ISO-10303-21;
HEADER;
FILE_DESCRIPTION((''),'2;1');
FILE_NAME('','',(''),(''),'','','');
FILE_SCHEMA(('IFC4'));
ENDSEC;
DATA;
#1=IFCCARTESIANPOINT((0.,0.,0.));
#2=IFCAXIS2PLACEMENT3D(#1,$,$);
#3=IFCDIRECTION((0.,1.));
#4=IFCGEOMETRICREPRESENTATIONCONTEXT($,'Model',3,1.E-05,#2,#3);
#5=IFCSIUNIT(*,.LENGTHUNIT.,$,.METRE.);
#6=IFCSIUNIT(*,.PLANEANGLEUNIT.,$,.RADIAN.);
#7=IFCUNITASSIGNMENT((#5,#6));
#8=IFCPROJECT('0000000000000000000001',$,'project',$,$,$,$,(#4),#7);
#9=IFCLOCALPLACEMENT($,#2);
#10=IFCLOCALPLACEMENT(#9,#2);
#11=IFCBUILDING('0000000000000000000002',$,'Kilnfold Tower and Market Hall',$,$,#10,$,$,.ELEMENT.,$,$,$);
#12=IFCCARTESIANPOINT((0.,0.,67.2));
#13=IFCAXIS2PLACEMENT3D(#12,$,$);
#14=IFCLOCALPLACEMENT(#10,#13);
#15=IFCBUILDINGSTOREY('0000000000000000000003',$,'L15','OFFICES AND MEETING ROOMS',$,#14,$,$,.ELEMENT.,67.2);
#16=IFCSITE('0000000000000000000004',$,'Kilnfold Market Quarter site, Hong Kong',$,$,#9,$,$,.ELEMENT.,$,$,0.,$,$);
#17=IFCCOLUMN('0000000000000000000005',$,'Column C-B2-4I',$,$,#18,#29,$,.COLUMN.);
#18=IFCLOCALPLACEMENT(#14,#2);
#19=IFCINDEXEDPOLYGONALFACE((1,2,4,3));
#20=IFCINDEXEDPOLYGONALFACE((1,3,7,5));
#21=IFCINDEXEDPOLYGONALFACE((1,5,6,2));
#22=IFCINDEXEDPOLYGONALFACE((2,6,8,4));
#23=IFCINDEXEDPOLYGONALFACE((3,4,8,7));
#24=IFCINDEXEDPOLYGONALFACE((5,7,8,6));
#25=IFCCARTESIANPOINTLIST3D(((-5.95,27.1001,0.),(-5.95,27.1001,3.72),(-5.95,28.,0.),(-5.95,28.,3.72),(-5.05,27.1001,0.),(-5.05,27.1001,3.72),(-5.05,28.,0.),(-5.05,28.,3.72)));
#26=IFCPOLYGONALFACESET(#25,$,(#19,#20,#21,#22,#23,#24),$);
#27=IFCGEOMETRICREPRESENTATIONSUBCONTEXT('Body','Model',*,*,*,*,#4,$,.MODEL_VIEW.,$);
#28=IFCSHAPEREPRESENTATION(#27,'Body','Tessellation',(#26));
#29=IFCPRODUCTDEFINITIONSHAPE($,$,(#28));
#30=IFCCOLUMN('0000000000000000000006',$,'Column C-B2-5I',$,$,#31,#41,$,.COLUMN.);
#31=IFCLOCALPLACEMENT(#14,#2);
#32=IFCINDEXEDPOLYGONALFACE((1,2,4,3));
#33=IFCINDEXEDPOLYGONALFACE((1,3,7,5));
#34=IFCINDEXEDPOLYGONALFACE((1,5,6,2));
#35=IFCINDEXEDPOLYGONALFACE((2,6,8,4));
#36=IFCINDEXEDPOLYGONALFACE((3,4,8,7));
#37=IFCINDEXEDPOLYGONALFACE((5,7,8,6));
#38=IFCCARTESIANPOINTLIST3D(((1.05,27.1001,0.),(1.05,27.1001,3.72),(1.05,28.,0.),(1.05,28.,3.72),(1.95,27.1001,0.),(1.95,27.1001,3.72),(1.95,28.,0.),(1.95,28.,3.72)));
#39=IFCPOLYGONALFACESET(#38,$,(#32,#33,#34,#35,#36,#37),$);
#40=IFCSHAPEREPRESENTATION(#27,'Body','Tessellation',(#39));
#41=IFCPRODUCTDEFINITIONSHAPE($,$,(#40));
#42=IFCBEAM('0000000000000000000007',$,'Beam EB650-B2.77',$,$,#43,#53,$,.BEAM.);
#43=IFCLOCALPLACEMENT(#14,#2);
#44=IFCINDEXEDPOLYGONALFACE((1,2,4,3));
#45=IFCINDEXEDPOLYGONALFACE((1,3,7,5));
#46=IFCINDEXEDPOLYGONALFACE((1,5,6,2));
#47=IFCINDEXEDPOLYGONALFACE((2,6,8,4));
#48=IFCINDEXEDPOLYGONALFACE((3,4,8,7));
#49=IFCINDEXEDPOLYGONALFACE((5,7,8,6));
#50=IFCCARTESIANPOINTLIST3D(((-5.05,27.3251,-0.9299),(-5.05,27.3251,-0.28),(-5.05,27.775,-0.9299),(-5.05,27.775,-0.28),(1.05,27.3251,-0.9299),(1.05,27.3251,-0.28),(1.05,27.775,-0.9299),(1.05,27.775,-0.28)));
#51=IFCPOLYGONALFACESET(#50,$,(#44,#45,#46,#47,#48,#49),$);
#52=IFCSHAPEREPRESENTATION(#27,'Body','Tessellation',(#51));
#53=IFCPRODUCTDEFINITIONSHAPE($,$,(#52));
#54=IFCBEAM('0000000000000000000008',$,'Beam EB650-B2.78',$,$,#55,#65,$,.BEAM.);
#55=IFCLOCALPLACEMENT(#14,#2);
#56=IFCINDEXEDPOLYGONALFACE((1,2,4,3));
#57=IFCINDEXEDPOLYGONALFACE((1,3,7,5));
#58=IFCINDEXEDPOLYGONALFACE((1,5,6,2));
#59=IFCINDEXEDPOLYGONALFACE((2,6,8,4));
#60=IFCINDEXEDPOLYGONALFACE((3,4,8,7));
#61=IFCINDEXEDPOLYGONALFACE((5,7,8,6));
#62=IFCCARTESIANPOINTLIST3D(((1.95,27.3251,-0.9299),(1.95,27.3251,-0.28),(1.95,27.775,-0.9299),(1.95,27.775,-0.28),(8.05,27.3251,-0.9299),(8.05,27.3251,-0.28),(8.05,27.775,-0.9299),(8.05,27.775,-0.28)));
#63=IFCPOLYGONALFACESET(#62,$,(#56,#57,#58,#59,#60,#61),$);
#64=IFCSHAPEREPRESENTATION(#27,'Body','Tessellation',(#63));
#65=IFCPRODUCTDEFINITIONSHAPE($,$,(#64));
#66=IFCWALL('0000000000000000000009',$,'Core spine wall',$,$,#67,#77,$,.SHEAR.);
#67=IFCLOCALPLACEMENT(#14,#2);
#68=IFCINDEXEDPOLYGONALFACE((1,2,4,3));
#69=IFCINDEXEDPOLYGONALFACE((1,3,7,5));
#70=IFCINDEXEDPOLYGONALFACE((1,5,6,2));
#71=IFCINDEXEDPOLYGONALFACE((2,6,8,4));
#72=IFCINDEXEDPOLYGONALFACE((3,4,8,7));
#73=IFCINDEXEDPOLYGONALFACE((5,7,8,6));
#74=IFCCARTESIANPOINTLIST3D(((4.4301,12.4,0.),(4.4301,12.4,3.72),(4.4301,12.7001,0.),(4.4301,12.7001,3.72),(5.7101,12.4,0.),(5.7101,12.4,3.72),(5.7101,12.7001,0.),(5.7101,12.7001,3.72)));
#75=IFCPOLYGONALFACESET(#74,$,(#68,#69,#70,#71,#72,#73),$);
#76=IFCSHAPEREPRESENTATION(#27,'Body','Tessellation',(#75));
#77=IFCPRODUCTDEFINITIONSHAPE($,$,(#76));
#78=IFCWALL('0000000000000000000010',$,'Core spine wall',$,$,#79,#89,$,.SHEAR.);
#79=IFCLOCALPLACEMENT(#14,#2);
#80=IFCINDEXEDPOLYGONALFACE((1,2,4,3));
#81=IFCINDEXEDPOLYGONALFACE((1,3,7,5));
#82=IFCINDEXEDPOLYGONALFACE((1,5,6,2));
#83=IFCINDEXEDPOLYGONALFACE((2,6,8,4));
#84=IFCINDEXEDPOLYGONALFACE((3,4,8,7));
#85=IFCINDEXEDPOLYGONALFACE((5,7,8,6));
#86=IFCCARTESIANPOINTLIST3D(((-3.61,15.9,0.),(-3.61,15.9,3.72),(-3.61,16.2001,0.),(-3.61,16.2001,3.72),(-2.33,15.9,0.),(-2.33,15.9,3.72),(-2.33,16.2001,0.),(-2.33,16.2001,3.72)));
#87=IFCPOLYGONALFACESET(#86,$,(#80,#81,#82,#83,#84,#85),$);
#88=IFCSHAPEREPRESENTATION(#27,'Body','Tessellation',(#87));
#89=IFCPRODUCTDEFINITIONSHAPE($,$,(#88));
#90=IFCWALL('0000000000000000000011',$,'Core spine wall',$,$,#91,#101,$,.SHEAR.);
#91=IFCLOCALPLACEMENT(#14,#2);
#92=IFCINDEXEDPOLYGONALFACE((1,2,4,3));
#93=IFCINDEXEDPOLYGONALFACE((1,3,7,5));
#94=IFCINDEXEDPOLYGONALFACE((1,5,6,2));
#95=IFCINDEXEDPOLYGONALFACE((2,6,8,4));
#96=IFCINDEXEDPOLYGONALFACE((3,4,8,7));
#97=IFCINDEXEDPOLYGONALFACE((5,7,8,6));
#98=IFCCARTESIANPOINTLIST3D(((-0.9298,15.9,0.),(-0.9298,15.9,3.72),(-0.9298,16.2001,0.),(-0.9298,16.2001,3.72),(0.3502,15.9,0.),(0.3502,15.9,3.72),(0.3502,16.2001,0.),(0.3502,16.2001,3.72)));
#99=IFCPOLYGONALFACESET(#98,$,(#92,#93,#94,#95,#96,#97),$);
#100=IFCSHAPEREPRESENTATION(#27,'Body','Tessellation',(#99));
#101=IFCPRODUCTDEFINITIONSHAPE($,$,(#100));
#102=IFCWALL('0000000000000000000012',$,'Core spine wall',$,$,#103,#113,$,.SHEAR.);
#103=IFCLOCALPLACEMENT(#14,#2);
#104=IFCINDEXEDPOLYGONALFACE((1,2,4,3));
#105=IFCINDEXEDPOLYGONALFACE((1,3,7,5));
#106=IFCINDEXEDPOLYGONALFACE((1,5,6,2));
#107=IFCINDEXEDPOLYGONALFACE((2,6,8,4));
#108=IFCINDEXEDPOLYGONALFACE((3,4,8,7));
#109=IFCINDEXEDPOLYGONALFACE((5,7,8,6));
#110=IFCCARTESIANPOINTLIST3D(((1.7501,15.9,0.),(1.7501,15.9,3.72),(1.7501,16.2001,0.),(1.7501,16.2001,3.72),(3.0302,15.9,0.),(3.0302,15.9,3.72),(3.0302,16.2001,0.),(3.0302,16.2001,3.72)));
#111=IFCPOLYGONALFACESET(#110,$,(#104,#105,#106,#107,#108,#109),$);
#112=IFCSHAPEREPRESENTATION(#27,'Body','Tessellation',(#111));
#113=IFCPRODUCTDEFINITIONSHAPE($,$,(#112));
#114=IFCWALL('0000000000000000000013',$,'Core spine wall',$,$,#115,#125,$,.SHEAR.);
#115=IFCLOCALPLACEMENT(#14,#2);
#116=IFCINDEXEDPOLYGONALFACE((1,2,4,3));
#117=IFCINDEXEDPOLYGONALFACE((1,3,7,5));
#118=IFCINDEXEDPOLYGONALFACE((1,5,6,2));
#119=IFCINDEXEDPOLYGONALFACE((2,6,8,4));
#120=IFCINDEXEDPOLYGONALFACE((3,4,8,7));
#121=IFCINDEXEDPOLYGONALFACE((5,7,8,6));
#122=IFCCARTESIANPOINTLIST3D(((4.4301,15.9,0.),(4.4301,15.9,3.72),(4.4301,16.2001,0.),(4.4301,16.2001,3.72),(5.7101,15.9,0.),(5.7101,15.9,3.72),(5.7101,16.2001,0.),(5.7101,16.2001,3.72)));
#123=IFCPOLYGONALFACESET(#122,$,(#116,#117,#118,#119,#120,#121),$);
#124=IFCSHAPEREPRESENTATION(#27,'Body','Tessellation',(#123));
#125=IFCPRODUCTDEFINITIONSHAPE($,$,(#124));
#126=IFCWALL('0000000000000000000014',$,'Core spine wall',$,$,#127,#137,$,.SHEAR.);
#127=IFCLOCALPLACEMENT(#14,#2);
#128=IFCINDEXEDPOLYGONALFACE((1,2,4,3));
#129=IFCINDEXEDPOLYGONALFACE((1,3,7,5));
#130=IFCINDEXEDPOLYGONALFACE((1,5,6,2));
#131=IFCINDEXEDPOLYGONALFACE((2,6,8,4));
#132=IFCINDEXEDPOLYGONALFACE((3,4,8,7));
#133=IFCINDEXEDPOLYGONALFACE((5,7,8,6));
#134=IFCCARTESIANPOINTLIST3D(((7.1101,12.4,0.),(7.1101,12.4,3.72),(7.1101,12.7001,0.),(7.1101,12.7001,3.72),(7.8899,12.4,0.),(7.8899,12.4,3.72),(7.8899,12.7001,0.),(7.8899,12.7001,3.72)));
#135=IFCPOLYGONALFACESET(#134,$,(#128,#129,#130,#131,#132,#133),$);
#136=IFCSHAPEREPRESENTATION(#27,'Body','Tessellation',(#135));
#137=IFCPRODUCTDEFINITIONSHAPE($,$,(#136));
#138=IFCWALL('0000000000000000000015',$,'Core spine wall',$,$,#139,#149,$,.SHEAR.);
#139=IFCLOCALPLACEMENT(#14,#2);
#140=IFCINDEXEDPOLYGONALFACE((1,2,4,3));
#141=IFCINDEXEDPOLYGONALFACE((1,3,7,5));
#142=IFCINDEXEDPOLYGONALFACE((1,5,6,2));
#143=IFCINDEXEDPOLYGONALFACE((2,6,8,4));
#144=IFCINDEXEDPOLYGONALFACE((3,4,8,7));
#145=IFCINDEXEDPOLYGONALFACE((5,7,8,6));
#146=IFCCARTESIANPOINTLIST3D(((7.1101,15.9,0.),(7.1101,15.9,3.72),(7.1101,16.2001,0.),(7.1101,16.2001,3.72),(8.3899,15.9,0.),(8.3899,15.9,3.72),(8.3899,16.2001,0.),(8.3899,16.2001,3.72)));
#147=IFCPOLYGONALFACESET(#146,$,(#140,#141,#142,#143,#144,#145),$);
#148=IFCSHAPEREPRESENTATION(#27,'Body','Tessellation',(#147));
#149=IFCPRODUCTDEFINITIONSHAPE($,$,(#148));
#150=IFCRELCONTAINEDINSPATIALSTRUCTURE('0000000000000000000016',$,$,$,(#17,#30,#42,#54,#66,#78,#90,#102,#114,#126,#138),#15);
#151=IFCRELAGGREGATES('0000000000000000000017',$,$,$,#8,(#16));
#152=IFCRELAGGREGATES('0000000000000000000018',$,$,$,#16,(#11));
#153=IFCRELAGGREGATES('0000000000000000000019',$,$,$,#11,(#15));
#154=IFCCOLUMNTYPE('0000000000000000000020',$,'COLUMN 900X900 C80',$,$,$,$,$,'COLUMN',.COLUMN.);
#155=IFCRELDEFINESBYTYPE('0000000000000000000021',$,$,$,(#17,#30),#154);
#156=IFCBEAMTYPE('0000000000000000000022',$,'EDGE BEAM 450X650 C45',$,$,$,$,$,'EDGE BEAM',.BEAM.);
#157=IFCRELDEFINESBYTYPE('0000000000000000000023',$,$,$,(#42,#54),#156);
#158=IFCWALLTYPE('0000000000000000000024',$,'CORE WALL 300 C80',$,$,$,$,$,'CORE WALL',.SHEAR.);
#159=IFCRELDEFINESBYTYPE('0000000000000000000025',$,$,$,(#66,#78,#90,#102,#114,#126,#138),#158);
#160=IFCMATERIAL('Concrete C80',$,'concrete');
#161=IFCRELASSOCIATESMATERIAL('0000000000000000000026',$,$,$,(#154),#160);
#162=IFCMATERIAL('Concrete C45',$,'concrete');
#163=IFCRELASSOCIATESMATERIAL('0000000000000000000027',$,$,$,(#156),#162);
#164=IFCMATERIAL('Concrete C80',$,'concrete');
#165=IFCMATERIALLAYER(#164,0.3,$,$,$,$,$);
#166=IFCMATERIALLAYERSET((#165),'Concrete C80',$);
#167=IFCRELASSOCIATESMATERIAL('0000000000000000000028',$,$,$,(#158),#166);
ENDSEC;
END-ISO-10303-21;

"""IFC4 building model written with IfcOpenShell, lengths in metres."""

from ifc_helpers import new_model, si_unit, direction, frame, frame_2d, origin, origin_2d, place, context, subcontext, project, spatial, rectangle, extrude, source, transform, mapped, material, layer, layer_set, material_profile, profile_set, type_object, element, save


model = new_model("IFC4")

# Units and contexts
model_context = context("Model", 3, precision=1e-05, world=origin(), true_north=direction((0.0, 1.0)))
body_context = subcontext(model_context, "Body", "Model", "MODEL_VIEW")
ifc_project = project(units=[si_unit("LENGTHUNIT", "METRE"), si_unit("PLANEANGLEUNIT", "RADIAN")], contexts=[model_context])

# Site, building, storey
site_placement = place(None, origin())
site = spatial("IfcSite", under=ifc_project, at=site_placement, Name="Kilnfold Market Quarter site, Hong Kong", CompositionType="ELEMENT", RefElevation=0.0)
building_placement = place(site_placement, origin())
building = spatial("IfcBuilding", under=site, at=building_placement, Name="Kilnfold Tower and Market Hall", CompositionType="ELEMENT")
storey_placement = place(building_placement, frame((0.0, 0.0, 67.2)))
storey = spatial("IfcBuildingStorey", under=building, at=storey_placement, Name="L15", Description="OFFICES AND MEETING ROOMS", CompositionType="ELEMENT", Elevation=67.2)

# Columns
ifc_material_1 = material(Name="Concrete C80", Category="concrete")
ifc_material_profile_1 = material_profile(ifc_material_1, rectangle(XDim=0.8999, YDim=0.8999, at=origin_2d()), Name="RC 900x900")
ifc_profile_set_1 = profile_set([ifc_material_profile_1], Name="Concrete C80")
column_type = type_object("IfcColumnType", Name="COLUMN 900X900 C80", ElementType="COLUMN", PredefinedType="COLUMN", material=ifc_profile_set_1)
shared_shape_1 = source(origin(), body_context, "Body", "SweptSolid", [
    extrude(rectangle(XDim=0.8999, YDim=0.8999, at=origin_2d()), origin(), (0.0, 0.0, 1.0), 3.72),
])
for number, where, z_axis, x_axis, name in (
    (1, (-5.5, 27.55, 0.0), (0.0, 0.0, 1.0), (1.0, 0.0, 0.0), "Column C-B2-4I"),
    (2, (1.5, 27.55, 0.0), (0.0, 0.0, 1.0), (1.0, 0.0, 0.0), "Column C-B2-5I"),
):
    element("IfcColumn", number, at=place(storey_placement, frame(where, z_axis=z_axis, x_axis=x_axis)), inside=storey, type_object=column_type, Name=name, PredefinedType="COLUMN", context=body_context, shape_type="MappedRepresentation", body=[
        mapped(shared_shape_1, transform((0.0, 0.0, 0.0))),
    ])

# Beams
ifc_material_2 = material(Name="Concrete C45", Category="concrete")
ifc_material_profile_2 = material_profile(ifc_material_2, rectangle(XDim=0.45, YDim=0.6499, at=origin_2d()), Name="RC 450x650")
ifc_profile_set_2 = profile_set([ifc_material_profile_2], Name="Concrete C45")
beam_type = type_object("IfcBeamType", Name="EDGE BEAM 450X650 C45", ElementType="EDGE BEAM", PredefinedType="BEAM", material=ifc_profile_set_2)
shared_shape_2 = source(origin(), body_context, "Body", "SweptSolid", [
    extrude(rectangle(XDim=0.45, YDim=0.6499, at=origin_2d()), origin(), (0.0, 0.0, 1.0), 6.1001),
])
for number, where, z_axis, x_axis, name in (
    (3, (-5.05, 27.55, -0.605), (1.0, 0.0, 0.0), (0.0, 1.0, 0.0), "Beam EB650-B2.77"),
    (4, (1.95, 27.55, -0.605), (1.0, 0.0, 0.0), (0.0, 1.0, 0.0), "Beam EB650-B2.78"),
):
    element("IfcBeam", number, at=place(storey_placement, frame(where, z_axis=z_axis, x_axis=x_axis)), inside=storey, type_object=beam_type, Name=name, PredefinedType="BEAM", context=body_context, shape_type="MappedRepresentation", body=[
        mapped(shared_shape_2, transform((0.0, 0.0, 0.0))),
    ])

# Walls
ifc_material_3 = material(Name="Concrete C80", Category="concrete")
ifc_layer_1 = layer(ifc_material_3, 0.3)
ifc_layer_set_1 = layer_set([ifc_layer_1], Name="Concrete C80")
wall_type_1 = type_object("IfcWallType", Name="CORE WALL 300 C80", ElementType="CORE WALL", PredefinedType="SHEAR", material=ifc_layer_set_1)
shared_shape_3 = source(origin(), body_context, "Body", "SweptSolid", [
    extrude(rectangle(XDim=1.28, YDim=0.3, at=frame_2d((0.6401, 0.0))), origin(), (0.0, 0.0, 1.0), 3.72),
])
for number, where, z_axis, x_axis, name in (
    (5, (4.4299, 12.55, 0.0), (0.0, 0.0, 1.0), (1.0, 0.0, 0.0), "Core spine wall"),
    (6, (-3.6101, 16.05, 0.0), (0.0, 0.0, 1.0), (1.0, 0.0, 0.0), "Core spine wall"),
    (7, (-0.9299, 16.05, 0.0), (0.0, 0.0, 1.0), (1.0, 0.0, 0.0), "Core spine wall"),
    (8, (1.75, 16.05, 0.0), (0.0, 0.0, 1.0), (1.0, 0.0, 0.0), "Core spine wall"),
    (9, (4.4299, 16.05, 0.0), (0.0, 0.0, 1.0), (1.0, 0.0, 0.0), "Core spine wall"),
):
    element("IfcWall", number, at=place(storey_placement, frame(where, z_axis=z_axis, x_axis=x_axis)), inside=storey, type_object=wall_type_1, Name=name, PredefinedType="SHEAR", context=body_context, shape_type="MappedRepresentation", body=[
        mapped(shared_shape_3, transform((0.0, 0.0, 0.0))),
    ])
shared_shape_4 = source(origin(), body_context, "Body", "SweptSolid", [
    extrude(rectangle(XDim=0.7798, YDim=0.3, at=frame_2d((0.3899, 0.0))), origin(), (0.0, 0.0, 1.0), 3.72),
])
wall_1_placement = place(storey_placement, frame((7.1101, 12.55, 0.0), z_axis=(0.0, 0.0, 1.0), x_axis=(1.0, 0.0, 0.0)))
element("IfcWall", 10, at=wall_1_placement, inside=storey, type_object=wall_type_1, Name="Core spine wall", PredefinedType="SHEAR", context=body_context, shape_type="MappedRepresentation", body=[
    mapped(shared_shape_4, transform((0.0, 0.0, 0.0))),
])
shared_shape_5 = source(origin(), body_context, "Body", "SweptSolid", [
    extrude(rectangle(XDim=1.2798, YDim=0.3, at=frame_2d((0.6399, 0.0))), origin(), (0.0, 0.0, 1.0), 3.72),
])
wall_2_placement = place(storey_placement, frame((7.1101, 16.05, 0.0), z_axis=(0.0, 0.0, 1.0), x_axis=(1.0, 0.0, 0.0)))
element("IfcWall", 11, at=wall_2_placement, inside=storey, type_object=wall_type_1, Name="Core spine wall", PredefinedType="SHEAR", context=body_context, shape_type="MappedRepresentation", body=[
    mapped(shared_shape_5, transform((0.0, 0.0, 0.0))),
])

save(model, "model.ifc")
